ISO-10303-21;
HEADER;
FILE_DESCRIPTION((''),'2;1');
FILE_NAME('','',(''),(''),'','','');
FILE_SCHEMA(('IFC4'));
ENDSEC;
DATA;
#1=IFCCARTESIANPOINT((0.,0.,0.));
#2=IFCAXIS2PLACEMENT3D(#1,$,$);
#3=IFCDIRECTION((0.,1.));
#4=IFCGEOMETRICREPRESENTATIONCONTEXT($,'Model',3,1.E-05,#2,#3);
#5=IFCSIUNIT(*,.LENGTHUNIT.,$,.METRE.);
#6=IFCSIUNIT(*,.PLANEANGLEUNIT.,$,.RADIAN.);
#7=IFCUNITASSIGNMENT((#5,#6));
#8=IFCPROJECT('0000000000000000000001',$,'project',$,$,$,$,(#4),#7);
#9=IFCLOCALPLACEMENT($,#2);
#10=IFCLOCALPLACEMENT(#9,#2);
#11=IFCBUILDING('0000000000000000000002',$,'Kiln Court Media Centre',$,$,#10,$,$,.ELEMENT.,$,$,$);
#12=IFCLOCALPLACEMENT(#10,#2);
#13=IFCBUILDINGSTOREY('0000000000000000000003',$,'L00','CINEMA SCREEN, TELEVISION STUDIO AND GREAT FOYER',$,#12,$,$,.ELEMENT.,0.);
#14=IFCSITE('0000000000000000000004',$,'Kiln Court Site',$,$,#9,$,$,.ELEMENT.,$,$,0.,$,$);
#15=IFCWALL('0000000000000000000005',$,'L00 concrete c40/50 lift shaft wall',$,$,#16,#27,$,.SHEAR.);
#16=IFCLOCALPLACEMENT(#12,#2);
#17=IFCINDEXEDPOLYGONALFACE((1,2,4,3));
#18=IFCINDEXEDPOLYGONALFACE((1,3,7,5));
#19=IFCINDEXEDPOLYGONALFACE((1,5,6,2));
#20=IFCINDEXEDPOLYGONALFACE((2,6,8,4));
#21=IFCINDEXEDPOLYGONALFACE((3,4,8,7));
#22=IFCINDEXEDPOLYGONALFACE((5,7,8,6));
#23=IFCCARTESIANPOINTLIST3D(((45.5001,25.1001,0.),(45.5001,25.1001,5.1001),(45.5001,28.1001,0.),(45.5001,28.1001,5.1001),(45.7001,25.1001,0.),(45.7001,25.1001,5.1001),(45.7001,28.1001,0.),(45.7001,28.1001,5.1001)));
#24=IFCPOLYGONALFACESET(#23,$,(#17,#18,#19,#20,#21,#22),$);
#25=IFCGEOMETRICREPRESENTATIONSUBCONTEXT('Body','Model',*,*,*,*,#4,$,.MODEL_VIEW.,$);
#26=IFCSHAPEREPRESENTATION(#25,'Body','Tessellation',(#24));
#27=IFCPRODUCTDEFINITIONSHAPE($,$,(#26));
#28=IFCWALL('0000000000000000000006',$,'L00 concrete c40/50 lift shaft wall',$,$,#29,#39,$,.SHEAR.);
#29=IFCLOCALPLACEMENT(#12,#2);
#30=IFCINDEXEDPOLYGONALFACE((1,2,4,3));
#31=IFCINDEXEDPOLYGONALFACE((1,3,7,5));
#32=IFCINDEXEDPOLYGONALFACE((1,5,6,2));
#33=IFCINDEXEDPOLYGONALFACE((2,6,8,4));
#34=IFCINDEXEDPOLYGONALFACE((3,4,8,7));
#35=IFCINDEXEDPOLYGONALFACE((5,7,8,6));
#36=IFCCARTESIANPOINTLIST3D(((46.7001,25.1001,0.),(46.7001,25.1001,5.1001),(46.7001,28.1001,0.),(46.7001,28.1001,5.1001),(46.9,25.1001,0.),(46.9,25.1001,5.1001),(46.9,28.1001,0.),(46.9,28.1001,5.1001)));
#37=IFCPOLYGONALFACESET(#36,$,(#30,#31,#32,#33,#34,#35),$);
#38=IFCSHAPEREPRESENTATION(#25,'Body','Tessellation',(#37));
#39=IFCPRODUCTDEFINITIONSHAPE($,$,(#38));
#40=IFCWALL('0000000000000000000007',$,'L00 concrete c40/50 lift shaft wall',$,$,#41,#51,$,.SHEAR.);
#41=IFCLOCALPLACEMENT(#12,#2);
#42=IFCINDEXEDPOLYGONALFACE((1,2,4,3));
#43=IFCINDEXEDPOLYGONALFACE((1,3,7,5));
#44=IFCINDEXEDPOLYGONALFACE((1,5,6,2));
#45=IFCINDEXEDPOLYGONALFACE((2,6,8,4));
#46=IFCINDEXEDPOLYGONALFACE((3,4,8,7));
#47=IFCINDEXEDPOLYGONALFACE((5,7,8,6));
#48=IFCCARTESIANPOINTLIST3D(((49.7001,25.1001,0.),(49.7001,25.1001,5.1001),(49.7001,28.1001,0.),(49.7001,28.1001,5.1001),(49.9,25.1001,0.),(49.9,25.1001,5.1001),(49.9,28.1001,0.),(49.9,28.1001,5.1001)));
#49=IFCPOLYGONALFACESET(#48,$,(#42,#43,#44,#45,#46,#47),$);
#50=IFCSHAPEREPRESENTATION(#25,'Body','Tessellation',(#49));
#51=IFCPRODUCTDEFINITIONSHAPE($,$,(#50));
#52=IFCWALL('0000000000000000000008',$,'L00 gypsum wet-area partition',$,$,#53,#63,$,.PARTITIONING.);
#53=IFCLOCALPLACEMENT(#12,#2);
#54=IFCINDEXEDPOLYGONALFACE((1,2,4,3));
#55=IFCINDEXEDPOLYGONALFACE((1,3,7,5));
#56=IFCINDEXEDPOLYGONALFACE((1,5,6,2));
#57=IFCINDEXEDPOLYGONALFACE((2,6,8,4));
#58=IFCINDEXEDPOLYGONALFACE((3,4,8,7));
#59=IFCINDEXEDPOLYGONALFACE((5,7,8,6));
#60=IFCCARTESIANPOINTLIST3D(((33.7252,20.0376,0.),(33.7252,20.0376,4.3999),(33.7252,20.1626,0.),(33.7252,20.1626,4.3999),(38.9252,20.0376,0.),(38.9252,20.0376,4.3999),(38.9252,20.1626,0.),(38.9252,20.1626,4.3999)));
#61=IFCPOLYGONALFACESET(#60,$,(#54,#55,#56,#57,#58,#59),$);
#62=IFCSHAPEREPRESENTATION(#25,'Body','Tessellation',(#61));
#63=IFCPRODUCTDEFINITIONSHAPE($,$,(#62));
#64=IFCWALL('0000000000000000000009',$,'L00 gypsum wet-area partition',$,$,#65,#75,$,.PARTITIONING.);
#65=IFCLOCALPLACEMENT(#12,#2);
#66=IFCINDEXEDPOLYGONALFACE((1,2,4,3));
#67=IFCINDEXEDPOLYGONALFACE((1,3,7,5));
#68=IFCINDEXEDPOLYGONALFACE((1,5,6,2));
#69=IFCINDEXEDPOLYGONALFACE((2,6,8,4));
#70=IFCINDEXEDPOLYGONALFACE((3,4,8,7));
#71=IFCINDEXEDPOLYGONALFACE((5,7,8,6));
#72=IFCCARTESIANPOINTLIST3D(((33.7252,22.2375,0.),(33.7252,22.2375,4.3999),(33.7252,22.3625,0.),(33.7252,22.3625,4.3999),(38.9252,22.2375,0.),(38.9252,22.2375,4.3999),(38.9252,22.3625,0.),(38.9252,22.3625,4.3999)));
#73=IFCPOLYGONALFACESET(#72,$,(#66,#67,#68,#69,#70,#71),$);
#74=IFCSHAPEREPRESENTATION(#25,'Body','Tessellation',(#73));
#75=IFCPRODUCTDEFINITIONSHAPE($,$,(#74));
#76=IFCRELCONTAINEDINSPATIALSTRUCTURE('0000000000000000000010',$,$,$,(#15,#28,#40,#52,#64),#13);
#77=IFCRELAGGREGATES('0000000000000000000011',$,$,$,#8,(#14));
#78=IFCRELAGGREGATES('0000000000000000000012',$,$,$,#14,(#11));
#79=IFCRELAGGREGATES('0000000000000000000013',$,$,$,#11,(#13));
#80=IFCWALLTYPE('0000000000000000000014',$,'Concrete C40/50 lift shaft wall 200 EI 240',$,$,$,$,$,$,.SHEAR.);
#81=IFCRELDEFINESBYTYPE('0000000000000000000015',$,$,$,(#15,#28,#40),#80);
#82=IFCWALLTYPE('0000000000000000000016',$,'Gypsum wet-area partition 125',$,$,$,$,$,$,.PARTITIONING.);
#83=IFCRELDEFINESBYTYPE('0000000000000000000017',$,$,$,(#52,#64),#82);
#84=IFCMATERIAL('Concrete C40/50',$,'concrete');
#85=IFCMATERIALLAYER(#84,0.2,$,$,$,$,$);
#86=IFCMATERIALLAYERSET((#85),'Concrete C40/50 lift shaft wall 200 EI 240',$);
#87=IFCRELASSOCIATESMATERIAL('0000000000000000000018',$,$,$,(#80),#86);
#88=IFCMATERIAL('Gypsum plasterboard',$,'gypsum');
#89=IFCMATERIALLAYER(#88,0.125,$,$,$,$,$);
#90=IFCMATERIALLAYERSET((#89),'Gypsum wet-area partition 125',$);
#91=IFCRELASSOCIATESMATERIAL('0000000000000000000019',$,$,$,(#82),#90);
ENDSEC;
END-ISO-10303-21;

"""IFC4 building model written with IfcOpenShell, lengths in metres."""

from ifc_helpers import new_model, si_unit, direction, frame, frame_2d, origin, place, context, subcontext, project, spatial, rectangle, extrude, material, layer, layer_set, type_object, element, save


model = new_model("IFC4")

# Units and contexts
model_context = context("Model", 3, precision=1e-05, world=origin(), true_north=direction((0.0, 1.0)))
body_context = subcontext(model_context, "Body", "Model", "MODEL_VIEW")
ifc_project = project(units=[si_unit("LENGTHUNIT", "METRE"), si_unit("PLANEANGLEUNIT", "RADIAN")], contexts=[model_context])

# Site, building, storey
site_placement = place(None, origin())
site = spatial("IfcSite", under=ifc_project, at=site_placement, Name="Kiln Court Site", CompositionType="ELEMENT", RefElevation=0.0)
building_placement = place(site_placement, origin())
building = spatial("IfcBuilding", under=site, at=building_placement, Name="Kiln Court Media Centre", CompositionType="ELEMENT")
storey_placement = place(building_placement, origin())
storey = spatial("IfcBuildingStorey", under=building, at=storey_placement, Name="L00", Description="CINEMA SCREEN, TELEVISION STUDIO AND GREAT FOYER", CompositionType="ELEMENT", Elevation=0.0)

# Walls
ifc_material_1 = material(Name="Concrete C40/50", Category="concrete")
ifc_layer_1 = layer(ifc_material_1, 0.2)
ifc_layer_set_1 = layer_set([ifc_layer_1], Name="Concrete C40/50 lift shaft wall 200 EI 240")
wall_type_1 = type_object("IfcWallType", Name="Concrete C40/50 lift shaft wall 200 EI 240", PredefinedType="SHEAR", material=ifc_layer_set_1)
for number, where, z_axis, x_axis, name in (
    (1, (45.6001, 25.1001, 0.0), (0.0, 0.0, 1.0), (0.0, 1.0, 0.0), "L00 concrete c40/50 lift shaft wall"),
    (2, (46.8, 25.1001, 0.0), (0.0, 0.0, 1.0), (0.0, 1.0, 0.0), "L00 concrete c40/50 lift shaft wall"),
    (3, (49.8, 25.1001, 0.0), (0.0, 0.0, 1.0), (0.0, 1.0, 0.0), "L00 concrete c40/50 lift shaft wall"),
):
    element("IfcWall", number, at=place(storey_placement, frame(where, z_axis=z_axis, x_axis=x_axis)), inside=storey, type_object=wall_type_1, Name=name, PredefinedType="SHEAR", context=body_context, shape_type="SweptSolid", body=[
        extrude(rectangle(XDim=3.0, YDim=0.2, at=frame_2d((1.5, 0.0))), origin(), (0.0, 0.0, 1.0), 5.1001),
    ])
ifc_material_2 = material(Name="Gypsum plasterboard", Category="gypsum")
ifc_layer_2 = layer(ifc_material_2, 0.125)
ifc_layer_set_2 = layer_set([ifc_layer_2], Name="Gypsum wet-area partition 125")
wall_type_2 = type_object("IfcWallType", Name="Gypsum wet-area partition 125", PredefinedType="PARTITIONING", material=ifc_layer_set_2)
for number, where, z_axis, x_axis, name in (
    (4, (33.7251, 20.1001, 0.0), (0.0, 0.0, 1.0), (1.0, 0.0, 0.0), "L00 gypsum wet-area partition"),
    (5, (33.7251, 22.3, 0.0), (0.0, 0.0, 1.0), (1.0, 0.0, 0.0), "L00 gypsum wet-area partition"),
):
    element("IfcWall", number, at=place(storey_placement, frame(where, z_axis=z_axis, x_axis=x_axis)), inside=storey, type_object=wall_type_2, Name=name, PredefinedType="PARTITIONING", context=body_context, shape_type="SweptSolid", body=[
        extrude(rectangle(XDim=5.2, YDim=0.125, at=frame_2d((2.6001, 0.0))), origin(), (0.0, 0.0, 1.0), 4.3999),
    ])

save(model, "model.ifc")
